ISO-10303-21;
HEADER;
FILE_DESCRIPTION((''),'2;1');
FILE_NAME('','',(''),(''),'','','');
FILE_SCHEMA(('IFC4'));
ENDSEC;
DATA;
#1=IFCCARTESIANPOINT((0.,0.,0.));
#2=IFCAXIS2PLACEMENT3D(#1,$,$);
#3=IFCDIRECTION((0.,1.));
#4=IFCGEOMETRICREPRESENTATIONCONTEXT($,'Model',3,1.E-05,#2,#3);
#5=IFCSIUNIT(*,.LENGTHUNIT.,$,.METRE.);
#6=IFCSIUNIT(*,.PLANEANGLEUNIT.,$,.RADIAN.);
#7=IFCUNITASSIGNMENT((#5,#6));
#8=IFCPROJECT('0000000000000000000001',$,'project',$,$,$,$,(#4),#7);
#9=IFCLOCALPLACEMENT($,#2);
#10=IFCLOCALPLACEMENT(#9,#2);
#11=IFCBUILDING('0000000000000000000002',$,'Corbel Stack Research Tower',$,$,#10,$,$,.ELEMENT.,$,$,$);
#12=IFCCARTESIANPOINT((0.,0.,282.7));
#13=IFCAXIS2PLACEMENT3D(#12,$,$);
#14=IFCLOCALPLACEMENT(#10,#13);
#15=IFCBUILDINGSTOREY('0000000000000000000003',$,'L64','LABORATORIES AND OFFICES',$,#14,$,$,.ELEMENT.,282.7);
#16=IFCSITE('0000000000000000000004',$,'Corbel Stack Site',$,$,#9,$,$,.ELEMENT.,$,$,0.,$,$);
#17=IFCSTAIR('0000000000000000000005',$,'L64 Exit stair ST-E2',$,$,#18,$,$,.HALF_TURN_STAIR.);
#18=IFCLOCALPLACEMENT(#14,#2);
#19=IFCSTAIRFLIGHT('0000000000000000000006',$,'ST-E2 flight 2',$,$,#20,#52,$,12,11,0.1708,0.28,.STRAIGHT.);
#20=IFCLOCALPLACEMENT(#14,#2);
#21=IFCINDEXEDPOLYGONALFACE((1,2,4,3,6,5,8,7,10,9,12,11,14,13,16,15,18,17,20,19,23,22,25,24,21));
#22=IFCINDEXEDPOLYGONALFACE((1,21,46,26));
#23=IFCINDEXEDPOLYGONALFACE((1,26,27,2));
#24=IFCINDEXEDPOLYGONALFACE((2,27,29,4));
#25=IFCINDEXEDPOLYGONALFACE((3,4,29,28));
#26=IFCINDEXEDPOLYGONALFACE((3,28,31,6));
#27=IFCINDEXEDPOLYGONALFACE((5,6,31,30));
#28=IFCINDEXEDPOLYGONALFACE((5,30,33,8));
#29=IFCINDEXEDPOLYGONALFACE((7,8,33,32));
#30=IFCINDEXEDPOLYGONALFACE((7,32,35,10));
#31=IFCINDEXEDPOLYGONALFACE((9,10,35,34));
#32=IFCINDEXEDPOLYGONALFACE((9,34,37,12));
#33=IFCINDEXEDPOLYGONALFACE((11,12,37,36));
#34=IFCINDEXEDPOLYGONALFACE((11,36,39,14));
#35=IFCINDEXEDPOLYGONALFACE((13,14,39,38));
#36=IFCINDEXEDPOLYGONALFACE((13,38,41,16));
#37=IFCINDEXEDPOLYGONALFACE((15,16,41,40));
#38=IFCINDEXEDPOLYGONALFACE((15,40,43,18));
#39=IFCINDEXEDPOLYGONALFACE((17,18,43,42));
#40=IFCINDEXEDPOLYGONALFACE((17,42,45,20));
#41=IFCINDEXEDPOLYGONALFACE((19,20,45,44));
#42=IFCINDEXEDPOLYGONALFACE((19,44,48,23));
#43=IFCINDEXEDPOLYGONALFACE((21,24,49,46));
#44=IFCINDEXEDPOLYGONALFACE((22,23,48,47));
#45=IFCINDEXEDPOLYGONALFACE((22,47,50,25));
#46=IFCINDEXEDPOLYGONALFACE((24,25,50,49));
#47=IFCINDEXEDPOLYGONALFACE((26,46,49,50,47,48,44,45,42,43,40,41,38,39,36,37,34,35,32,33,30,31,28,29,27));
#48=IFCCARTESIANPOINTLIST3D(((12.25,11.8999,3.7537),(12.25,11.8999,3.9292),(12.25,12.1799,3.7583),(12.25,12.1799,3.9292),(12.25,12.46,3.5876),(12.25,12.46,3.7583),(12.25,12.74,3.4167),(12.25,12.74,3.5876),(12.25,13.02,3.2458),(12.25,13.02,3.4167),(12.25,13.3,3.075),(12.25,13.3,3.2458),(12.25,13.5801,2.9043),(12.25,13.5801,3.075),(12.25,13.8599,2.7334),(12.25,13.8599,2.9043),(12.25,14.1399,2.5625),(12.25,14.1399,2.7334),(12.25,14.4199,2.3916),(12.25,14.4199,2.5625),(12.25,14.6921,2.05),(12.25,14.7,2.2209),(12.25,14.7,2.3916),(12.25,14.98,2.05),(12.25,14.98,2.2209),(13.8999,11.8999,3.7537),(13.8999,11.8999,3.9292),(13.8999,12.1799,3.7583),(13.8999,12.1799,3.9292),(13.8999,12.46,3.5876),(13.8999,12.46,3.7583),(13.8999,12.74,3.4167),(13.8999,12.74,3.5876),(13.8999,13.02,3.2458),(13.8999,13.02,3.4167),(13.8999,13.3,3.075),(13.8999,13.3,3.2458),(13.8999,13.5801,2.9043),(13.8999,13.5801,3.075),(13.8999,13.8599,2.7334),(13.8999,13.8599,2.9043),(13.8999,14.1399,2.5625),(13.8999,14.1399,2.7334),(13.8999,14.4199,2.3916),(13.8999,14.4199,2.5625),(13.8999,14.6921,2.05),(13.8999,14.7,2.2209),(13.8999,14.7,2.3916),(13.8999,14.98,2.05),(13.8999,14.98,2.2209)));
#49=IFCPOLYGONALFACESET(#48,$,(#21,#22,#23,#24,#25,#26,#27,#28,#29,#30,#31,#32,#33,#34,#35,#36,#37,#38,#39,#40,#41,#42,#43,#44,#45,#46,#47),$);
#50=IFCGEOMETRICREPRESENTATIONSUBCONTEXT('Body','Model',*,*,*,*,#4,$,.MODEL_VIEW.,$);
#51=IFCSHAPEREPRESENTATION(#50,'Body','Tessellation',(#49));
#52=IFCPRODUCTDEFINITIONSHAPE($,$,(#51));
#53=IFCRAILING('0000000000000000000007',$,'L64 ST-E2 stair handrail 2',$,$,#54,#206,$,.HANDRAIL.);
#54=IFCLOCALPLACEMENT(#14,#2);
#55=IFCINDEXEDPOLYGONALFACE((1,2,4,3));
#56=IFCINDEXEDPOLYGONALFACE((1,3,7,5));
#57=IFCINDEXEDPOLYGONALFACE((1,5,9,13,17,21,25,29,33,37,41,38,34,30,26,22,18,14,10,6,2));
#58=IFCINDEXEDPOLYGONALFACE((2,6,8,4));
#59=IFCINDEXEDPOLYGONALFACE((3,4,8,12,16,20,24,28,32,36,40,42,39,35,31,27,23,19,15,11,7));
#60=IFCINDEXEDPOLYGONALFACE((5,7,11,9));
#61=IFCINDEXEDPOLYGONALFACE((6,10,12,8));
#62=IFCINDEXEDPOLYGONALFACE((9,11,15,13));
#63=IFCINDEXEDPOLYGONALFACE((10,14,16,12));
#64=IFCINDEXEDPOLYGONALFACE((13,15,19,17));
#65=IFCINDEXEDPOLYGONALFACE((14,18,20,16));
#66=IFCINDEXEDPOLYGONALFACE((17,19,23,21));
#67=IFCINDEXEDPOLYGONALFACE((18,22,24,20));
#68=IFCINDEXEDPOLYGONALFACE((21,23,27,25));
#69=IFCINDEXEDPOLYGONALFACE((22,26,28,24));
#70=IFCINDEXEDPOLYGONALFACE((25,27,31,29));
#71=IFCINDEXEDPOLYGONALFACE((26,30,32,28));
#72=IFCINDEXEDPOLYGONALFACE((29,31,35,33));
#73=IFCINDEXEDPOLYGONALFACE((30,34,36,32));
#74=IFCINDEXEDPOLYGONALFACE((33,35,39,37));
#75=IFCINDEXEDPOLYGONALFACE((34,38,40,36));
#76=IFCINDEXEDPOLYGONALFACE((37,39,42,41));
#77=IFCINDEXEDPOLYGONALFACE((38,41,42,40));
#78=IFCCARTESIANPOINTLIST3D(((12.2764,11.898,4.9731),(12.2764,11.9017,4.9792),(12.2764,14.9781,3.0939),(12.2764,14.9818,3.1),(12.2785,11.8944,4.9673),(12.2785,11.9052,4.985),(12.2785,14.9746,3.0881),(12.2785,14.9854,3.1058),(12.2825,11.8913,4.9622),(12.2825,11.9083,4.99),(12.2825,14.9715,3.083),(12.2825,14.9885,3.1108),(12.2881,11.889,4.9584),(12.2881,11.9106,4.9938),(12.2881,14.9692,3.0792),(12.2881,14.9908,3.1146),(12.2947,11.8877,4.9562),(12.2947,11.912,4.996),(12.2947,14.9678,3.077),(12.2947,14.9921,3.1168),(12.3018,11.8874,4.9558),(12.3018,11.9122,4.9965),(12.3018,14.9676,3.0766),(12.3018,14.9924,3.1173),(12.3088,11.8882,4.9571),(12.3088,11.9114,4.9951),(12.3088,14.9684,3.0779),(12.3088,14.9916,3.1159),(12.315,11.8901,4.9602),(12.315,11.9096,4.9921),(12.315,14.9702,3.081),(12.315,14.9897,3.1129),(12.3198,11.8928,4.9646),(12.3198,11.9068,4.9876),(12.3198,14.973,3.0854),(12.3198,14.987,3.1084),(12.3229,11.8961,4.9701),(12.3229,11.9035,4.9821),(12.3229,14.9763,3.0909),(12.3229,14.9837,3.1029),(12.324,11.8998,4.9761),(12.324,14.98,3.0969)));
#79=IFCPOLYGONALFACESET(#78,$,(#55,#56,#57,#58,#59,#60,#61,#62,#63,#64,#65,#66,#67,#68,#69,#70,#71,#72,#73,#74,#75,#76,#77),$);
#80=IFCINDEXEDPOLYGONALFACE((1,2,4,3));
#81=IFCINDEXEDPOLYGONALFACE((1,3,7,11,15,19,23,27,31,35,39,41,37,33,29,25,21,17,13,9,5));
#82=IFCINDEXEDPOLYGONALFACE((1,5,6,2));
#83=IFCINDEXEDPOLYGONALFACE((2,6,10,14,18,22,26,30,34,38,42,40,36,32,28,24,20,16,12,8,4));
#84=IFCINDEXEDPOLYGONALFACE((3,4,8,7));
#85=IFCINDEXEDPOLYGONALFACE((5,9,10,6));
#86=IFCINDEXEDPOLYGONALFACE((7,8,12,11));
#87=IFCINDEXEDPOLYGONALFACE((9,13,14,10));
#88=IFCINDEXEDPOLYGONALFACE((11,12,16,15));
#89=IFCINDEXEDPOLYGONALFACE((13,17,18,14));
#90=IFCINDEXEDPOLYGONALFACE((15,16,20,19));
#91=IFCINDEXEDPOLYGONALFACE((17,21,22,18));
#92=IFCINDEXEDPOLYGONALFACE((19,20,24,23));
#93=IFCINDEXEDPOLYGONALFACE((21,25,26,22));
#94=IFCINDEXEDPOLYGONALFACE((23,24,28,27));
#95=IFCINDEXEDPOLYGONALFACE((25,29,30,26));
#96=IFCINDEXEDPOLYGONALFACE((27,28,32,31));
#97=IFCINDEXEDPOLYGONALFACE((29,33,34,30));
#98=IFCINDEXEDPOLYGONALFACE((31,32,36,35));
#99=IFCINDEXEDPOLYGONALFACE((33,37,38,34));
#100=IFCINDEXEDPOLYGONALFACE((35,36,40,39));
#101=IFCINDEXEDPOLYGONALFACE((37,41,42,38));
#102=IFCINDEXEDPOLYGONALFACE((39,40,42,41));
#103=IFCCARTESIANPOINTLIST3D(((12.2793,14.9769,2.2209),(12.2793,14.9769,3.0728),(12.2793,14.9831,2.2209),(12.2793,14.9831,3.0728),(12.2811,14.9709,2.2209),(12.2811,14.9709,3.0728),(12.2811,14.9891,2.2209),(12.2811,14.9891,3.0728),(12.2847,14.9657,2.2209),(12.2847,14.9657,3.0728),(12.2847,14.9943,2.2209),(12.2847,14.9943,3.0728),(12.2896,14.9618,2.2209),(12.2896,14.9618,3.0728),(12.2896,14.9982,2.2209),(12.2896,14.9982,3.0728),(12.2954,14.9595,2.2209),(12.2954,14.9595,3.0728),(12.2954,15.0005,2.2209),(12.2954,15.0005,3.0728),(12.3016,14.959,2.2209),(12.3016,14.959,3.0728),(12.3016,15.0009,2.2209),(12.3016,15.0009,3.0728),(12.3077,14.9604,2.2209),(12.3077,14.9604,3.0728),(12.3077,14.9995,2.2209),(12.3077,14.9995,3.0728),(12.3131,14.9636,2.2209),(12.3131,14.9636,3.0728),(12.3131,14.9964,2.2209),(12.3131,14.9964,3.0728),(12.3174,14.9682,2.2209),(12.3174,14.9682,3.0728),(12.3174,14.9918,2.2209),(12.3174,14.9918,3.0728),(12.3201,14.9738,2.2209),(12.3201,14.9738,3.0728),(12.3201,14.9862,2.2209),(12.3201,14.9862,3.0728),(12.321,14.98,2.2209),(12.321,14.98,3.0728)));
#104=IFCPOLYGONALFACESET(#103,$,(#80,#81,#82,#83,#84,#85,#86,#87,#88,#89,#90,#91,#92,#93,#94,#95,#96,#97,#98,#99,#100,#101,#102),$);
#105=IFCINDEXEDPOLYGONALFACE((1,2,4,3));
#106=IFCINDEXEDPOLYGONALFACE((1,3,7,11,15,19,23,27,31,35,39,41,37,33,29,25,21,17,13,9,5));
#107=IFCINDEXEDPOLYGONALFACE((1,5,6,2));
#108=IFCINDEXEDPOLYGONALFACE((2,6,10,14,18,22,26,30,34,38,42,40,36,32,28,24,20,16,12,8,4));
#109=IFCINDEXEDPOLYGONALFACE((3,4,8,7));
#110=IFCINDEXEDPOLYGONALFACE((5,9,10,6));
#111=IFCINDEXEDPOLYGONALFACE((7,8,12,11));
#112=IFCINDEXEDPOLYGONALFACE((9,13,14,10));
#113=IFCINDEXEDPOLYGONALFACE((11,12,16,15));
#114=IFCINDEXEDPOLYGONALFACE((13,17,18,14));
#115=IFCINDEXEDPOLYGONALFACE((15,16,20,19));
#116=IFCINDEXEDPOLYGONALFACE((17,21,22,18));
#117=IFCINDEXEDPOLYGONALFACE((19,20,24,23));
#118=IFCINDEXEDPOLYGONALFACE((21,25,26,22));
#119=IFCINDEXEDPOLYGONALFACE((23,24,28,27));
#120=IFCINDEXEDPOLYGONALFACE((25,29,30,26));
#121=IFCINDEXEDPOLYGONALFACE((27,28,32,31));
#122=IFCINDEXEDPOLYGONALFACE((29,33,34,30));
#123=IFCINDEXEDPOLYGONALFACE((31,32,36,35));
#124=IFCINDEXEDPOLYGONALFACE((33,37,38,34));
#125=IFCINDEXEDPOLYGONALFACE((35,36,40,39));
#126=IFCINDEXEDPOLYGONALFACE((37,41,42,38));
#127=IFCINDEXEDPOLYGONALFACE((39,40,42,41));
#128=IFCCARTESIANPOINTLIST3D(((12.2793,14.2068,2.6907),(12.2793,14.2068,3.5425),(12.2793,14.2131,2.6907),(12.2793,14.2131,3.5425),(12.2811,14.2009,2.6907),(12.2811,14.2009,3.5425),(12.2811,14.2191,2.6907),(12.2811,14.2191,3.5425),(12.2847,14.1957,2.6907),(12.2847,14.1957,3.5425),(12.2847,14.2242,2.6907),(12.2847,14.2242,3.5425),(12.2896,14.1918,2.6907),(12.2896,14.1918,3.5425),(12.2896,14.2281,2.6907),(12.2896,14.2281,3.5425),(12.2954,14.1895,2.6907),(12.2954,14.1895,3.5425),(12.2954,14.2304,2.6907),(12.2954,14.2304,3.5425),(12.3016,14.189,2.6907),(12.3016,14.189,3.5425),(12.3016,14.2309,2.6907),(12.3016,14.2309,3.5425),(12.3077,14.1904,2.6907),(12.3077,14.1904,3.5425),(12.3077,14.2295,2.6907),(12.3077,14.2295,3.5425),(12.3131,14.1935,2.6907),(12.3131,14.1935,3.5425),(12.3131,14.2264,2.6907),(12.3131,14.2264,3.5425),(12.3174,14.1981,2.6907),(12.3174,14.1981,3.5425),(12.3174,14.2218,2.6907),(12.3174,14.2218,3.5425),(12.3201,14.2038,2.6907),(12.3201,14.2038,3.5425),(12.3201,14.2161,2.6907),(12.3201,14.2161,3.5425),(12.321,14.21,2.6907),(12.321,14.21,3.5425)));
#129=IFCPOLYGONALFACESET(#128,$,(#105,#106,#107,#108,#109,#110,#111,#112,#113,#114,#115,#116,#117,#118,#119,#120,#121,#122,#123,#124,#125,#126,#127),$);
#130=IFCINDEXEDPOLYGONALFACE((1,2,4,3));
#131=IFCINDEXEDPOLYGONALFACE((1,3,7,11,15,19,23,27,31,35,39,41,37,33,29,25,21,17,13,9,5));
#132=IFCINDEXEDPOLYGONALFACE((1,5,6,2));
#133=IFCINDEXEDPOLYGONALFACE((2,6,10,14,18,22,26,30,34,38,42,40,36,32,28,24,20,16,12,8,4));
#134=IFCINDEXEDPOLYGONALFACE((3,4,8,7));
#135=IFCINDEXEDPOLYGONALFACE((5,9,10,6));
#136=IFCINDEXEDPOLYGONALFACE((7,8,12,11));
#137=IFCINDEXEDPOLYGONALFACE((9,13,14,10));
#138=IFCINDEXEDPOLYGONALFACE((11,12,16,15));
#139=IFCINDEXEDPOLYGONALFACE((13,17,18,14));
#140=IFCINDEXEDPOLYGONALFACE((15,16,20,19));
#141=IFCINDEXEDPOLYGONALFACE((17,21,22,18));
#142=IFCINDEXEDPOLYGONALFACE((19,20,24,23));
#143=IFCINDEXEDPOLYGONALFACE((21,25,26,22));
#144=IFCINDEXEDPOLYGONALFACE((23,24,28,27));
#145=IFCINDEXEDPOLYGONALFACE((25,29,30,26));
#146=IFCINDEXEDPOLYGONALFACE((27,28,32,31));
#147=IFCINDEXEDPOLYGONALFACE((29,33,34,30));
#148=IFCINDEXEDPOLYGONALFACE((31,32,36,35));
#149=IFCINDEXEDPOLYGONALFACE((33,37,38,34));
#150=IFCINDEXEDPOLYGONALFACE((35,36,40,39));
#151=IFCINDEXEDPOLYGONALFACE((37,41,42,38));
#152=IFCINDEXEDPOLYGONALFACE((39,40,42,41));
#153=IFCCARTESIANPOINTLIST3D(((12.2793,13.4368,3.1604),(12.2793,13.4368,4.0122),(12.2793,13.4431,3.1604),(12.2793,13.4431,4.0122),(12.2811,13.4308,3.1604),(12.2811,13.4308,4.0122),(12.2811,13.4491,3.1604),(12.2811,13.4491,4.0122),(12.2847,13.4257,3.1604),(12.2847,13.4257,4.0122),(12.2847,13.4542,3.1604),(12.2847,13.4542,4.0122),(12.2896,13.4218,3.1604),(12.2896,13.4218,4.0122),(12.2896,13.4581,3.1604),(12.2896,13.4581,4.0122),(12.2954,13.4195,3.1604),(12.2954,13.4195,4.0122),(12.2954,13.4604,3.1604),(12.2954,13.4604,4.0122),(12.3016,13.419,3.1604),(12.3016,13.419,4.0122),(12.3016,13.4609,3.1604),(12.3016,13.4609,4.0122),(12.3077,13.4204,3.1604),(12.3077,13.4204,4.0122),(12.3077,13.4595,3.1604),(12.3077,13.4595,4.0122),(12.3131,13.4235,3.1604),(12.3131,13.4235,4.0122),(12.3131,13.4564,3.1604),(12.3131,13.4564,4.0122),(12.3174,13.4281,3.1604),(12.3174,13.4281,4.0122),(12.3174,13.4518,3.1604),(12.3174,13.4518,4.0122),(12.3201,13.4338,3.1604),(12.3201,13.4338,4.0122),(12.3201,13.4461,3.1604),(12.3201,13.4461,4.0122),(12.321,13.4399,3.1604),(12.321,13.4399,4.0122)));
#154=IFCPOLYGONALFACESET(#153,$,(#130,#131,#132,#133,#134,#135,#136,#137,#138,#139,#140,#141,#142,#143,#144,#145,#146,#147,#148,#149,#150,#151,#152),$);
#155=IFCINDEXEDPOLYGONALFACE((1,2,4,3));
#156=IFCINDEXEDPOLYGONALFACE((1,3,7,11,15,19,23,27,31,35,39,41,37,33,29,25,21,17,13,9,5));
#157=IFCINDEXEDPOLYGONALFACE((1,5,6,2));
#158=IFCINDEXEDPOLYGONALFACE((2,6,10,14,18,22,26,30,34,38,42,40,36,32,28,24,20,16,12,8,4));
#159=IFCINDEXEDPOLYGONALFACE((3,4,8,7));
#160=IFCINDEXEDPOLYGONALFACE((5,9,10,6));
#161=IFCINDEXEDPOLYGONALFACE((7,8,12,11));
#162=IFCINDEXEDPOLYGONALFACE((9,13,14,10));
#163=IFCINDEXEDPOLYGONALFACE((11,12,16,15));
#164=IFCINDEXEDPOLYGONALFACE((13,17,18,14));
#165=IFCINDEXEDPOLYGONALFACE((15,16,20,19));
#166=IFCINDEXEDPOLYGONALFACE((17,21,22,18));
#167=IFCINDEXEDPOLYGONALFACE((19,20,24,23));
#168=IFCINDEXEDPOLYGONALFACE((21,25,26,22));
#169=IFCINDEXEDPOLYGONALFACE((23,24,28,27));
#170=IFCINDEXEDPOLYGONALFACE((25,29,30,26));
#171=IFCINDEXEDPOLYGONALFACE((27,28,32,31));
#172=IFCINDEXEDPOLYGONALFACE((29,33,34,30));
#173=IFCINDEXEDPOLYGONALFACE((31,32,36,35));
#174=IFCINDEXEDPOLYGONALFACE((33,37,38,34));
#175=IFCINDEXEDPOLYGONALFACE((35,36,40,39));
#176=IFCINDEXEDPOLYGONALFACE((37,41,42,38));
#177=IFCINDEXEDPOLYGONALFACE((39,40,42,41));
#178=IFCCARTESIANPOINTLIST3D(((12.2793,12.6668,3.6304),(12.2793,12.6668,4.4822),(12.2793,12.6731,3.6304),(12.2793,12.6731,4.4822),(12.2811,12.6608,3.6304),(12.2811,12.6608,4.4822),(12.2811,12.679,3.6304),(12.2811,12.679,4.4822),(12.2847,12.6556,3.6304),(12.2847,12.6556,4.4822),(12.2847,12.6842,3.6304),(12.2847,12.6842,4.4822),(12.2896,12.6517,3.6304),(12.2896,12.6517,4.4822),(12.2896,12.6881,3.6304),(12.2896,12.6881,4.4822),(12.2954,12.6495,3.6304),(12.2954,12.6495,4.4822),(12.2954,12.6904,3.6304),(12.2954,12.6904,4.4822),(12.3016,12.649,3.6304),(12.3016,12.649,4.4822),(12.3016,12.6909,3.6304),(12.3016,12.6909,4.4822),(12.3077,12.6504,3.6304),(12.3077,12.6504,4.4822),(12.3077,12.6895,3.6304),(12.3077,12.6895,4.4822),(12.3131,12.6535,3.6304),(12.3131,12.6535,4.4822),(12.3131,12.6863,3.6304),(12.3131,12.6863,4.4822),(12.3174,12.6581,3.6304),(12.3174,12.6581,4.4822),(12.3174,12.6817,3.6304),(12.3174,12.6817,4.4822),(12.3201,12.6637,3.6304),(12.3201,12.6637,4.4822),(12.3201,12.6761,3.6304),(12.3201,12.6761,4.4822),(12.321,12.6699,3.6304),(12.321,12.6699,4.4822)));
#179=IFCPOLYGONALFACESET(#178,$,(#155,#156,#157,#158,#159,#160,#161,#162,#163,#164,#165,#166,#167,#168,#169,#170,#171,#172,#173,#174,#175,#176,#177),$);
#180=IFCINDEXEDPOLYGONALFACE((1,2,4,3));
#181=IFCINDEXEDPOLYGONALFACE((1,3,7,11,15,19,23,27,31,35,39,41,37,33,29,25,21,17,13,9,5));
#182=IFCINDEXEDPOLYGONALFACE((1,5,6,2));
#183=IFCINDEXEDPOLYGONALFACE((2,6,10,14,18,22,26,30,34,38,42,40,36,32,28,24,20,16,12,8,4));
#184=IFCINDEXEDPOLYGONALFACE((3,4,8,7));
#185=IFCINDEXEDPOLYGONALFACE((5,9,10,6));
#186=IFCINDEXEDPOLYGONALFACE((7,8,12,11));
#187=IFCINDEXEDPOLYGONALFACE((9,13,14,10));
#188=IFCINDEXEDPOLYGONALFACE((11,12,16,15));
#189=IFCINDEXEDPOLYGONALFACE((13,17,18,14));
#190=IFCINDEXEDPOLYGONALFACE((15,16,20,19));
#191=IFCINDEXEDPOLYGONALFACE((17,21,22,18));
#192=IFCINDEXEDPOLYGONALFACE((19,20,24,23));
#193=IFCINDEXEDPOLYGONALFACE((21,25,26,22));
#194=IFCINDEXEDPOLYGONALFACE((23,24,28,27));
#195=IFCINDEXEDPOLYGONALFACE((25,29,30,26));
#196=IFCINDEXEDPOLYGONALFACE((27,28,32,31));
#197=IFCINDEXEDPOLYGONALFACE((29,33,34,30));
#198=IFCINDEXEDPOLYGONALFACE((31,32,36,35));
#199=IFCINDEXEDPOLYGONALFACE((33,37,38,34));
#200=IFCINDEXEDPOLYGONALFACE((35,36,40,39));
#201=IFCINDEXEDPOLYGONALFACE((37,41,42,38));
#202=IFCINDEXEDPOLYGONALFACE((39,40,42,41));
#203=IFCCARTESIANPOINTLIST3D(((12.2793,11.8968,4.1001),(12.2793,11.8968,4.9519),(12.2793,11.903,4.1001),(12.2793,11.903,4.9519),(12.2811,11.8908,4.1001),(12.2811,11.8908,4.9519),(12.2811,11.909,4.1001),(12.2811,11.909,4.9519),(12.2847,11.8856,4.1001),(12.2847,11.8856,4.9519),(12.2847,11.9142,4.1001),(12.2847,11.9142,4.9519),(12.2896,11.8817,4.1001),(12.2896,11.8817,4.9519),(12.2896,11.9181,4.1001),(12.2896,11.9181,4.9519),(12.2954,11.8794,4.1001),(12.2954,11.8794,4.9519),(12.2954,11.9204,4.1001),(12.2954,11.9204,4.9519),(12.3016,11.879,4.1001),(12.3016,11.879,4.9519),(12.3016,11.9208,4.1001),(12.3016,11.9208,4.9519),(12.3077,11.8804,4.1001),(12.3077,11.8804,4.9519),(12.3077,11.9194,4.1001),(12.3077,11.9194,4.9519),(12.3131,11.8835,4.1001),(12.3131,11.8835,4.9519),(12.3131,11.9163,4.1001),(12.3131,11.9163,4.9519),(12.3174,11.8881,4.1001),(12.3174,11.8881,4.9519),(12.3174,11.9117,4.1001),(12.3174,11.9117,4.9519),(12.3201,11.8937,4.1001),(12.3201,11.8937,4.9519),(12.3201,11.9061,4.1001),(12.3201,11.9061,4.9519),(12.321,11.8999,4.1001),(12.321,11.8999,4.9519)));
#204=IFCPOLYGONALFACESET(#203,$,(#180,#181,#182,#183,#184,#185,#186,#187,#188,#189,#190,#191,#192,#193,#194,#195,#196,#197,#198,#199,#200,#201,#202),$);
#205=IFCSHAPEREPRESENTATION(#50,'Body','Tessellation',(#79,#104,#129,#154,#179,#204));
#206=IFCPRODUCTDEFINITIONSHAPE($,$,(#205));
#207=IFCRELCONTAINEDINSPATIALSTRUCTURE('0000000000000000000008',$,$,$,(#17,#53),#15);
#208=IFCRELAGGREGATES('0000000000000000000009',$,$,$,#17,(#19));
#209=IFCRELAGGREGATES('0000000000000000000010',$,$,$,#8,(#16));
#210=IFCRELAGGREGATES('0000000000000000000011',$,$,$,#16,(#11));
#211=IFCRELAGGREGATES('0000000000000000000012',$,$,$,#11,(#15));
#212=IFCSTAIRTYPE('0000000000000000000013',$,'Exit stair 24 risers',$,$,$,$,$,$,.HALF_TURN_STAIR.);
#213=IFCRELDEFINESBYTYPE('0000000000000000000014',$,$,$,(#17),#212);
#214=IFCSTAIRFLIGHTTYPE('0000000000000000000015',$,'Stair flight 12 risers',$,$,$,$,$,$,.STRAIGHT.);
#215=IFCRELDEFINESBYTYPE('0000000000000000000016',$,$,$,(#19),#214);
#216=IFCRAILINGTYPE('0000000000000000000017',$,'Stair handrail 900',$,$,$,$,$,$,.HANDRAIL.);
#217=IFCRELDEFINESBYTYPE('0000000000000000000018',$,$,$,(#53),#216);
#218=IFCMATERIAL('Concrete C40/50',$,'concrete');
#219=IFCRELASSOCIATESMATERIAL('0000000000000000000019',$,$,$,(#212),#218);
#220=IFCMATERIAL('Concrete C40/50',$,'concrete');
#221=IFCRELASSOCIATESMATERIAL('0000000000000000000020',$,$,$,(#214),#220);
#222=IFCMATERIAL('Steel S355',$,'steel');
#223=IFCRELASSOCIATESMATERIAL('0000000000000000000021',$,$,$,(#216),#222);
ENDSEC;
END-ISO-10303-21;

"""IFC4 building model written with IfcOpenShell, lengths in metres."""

from ifc_helpers import new_model, si_unit, direction, frame, origin, origin_2d, place, context, subcontext, project, spatial, polyline, circle, outline, extrude, material, type_object, element, aggregate, save


model = new_model("IFC4")

# Units and contexts
model_context = context("Model", 3, precision=1e-05, world=origin(), true_north=direction((0.0, 1.0)))
body_context = subcontext(model_context, "Body", "Model", "MODEL_VIEW")
ifc_project = project(units=[si_unit("LENGTHUNIT", "METRE"), si_unit("PLANEANGLEUNIT", "RADIAN")], contexts=[model_context])

# Site, building, storey
site_placement = place(None, origin())
site = spatial("IfcSite", under=ifc_project, at=site_placement, Name="Corbel Stack Site", CompositionType="ELEMENT", RefElevation=0.0)
building_placement = place(site_placement, origin())
building = spatial("IfcBuilding", under=site, at=building_placement, Name="Corbel Stack Research Tower", CompositionType="ELEMENT")
storey_placement = place(building_placement, frame((0.0, 0.0, 282.7)))
storey = spatial("IfcBuildingStorey", under=building, at=storey_placement, Name="L64", Description="LABORATORIES AND OFFICES", CompositionType="ELEMENT", Elevation=282.7)

# Stair, stair flight
ifc_material_1 = material(Name="Concrete C40/50", Category="concrete")
stair_type = type_object("IfcStairType", Name="Exit stair 24 risers", PredefinedType="HALF_TURN_STAIR", material=ifc_material_1)
stair_placement = place(storey_placement, origin())
stair = element("IfcStair", 1, at=stair_placement, inside=storey, type_object=stair_type, Name="L64 Exit stair ST-E2", PredefinedType="HALF_TURN_STAIR")
ifc_material_2 = material(Name="Concrete C40/50", Category="concrete")
stair_flight_type = type_object("IfcStairFlightType", Name="Stair flight 12 risers", PredefinedType="STRAIGHT", material=ifc_material_2)
stair_flight_placement = place(storey_placement, frame((13.075, 14.98, 2.05), z_axis=(0.0, 0.0, 1.0), x_axis=(0.0, -1.0, 0.0)))
stair_flight = element("IfcStairFlight", 2, at=stair_flight_placement, type_object=stair_flight_type, Name="ST-E2 flight 2", NumberOfRisers=12, NumberOfTreads=11, PredefinedType="STRAIGHT", RiserHeight=0.1708, TreadLength=0.28, context=body_context, shape_type="SweptSolid", body=[
    extrude(outline(polyline([(0.0, 0.0), (0.0, 0.1709), (0.28, 0.1709), (0.28, 0.3416), (0.5601, 0.3416), (0.5601, 0.5125), (0.8401, 0.5125), (0.8401, 0.6833), (1.1201, 0.6833), (1.1201, 0.8542), (1.3999, 0.8542), (1.3999, 1.0249), (1.6799, 1.0249), (1.6799, 1.1958), (1.96, 1.1958), (1.96, 1.3667), (2.24, 1.3667), (2.24, 1.5376), (2.52, 1.5376), (2.52, 1.7083), (2.8, 1.7083), (2.8, 1.8792), (3.0801, 1.8792), (3.0801, 2.05), (3.0801, 1.7036), (0.2878, 0.0), (0.0, 0.0)])), frame((0.0, 0.825, 0.0), z_axis=(0.0, -1.0, 0.0), x_axis=(1.0, 0.0, 0.0)), (0.0, 0.0, 1.0), 1.6499),
])
aggregate(stair, [stair_flight])

# Railing
ifc_material_3 = material(Name="Steel S355", Category="steel")
railing_type = type_object("IfcRailingType", Name="Stair handrail 900", PredefinedType="HANDRAIL", material=ifc_material_3)
railing_placement = place(storey_placement, frame((12.3, 14.98, 2.2209)))
element("IfcRailing", 3, at=railing_placement, inside=storey, type_object=railing_type, Name="L64 ST-E2 stair handrail 2", PredefinedType="HANDRAIL", context=body_context, shape_type="SweptSolid", body=[
    extrude(circle(Radius=0.0239, at=origin_2d()), frame((0.0, 0.0, 0.876), z_axis=(0.0, -0.853666, 0.52082), x_axis=(1.0, 0.0, 0.0)), (0.0, 0.0, 1.0), 3.6082),
    extrude(circle(Radius=0.021, at=origin_2d()), origin(), (0.0, 0.0, 1.0), 0.8518),
    extrude(circle(Radius=0.021, at=origin_2d()), frame((0.0, -0.77, 0.4697)), (0.0, 0.0, 1.0), 0.8518),
    extrude(circle(Radius=0.021, at=origin_2d()), frame((0.0, -1.54, 0.9395)), (0.0, 0.0, 1.0), 0.8518),
    extrude(circle(Radius=0.021, at=origin_2d()), frame((0.0, -2.3101, 1.4094)), (0.0, 0.0, 1.0), 0.8518),
    extrude(circle(Radius=0.021, at=origin_2d()), frame((0.0, -3.0801, 1.8792)), (0.0, 0.0, 1.0), 0.8518),
])

save(model, "model.ifc")
